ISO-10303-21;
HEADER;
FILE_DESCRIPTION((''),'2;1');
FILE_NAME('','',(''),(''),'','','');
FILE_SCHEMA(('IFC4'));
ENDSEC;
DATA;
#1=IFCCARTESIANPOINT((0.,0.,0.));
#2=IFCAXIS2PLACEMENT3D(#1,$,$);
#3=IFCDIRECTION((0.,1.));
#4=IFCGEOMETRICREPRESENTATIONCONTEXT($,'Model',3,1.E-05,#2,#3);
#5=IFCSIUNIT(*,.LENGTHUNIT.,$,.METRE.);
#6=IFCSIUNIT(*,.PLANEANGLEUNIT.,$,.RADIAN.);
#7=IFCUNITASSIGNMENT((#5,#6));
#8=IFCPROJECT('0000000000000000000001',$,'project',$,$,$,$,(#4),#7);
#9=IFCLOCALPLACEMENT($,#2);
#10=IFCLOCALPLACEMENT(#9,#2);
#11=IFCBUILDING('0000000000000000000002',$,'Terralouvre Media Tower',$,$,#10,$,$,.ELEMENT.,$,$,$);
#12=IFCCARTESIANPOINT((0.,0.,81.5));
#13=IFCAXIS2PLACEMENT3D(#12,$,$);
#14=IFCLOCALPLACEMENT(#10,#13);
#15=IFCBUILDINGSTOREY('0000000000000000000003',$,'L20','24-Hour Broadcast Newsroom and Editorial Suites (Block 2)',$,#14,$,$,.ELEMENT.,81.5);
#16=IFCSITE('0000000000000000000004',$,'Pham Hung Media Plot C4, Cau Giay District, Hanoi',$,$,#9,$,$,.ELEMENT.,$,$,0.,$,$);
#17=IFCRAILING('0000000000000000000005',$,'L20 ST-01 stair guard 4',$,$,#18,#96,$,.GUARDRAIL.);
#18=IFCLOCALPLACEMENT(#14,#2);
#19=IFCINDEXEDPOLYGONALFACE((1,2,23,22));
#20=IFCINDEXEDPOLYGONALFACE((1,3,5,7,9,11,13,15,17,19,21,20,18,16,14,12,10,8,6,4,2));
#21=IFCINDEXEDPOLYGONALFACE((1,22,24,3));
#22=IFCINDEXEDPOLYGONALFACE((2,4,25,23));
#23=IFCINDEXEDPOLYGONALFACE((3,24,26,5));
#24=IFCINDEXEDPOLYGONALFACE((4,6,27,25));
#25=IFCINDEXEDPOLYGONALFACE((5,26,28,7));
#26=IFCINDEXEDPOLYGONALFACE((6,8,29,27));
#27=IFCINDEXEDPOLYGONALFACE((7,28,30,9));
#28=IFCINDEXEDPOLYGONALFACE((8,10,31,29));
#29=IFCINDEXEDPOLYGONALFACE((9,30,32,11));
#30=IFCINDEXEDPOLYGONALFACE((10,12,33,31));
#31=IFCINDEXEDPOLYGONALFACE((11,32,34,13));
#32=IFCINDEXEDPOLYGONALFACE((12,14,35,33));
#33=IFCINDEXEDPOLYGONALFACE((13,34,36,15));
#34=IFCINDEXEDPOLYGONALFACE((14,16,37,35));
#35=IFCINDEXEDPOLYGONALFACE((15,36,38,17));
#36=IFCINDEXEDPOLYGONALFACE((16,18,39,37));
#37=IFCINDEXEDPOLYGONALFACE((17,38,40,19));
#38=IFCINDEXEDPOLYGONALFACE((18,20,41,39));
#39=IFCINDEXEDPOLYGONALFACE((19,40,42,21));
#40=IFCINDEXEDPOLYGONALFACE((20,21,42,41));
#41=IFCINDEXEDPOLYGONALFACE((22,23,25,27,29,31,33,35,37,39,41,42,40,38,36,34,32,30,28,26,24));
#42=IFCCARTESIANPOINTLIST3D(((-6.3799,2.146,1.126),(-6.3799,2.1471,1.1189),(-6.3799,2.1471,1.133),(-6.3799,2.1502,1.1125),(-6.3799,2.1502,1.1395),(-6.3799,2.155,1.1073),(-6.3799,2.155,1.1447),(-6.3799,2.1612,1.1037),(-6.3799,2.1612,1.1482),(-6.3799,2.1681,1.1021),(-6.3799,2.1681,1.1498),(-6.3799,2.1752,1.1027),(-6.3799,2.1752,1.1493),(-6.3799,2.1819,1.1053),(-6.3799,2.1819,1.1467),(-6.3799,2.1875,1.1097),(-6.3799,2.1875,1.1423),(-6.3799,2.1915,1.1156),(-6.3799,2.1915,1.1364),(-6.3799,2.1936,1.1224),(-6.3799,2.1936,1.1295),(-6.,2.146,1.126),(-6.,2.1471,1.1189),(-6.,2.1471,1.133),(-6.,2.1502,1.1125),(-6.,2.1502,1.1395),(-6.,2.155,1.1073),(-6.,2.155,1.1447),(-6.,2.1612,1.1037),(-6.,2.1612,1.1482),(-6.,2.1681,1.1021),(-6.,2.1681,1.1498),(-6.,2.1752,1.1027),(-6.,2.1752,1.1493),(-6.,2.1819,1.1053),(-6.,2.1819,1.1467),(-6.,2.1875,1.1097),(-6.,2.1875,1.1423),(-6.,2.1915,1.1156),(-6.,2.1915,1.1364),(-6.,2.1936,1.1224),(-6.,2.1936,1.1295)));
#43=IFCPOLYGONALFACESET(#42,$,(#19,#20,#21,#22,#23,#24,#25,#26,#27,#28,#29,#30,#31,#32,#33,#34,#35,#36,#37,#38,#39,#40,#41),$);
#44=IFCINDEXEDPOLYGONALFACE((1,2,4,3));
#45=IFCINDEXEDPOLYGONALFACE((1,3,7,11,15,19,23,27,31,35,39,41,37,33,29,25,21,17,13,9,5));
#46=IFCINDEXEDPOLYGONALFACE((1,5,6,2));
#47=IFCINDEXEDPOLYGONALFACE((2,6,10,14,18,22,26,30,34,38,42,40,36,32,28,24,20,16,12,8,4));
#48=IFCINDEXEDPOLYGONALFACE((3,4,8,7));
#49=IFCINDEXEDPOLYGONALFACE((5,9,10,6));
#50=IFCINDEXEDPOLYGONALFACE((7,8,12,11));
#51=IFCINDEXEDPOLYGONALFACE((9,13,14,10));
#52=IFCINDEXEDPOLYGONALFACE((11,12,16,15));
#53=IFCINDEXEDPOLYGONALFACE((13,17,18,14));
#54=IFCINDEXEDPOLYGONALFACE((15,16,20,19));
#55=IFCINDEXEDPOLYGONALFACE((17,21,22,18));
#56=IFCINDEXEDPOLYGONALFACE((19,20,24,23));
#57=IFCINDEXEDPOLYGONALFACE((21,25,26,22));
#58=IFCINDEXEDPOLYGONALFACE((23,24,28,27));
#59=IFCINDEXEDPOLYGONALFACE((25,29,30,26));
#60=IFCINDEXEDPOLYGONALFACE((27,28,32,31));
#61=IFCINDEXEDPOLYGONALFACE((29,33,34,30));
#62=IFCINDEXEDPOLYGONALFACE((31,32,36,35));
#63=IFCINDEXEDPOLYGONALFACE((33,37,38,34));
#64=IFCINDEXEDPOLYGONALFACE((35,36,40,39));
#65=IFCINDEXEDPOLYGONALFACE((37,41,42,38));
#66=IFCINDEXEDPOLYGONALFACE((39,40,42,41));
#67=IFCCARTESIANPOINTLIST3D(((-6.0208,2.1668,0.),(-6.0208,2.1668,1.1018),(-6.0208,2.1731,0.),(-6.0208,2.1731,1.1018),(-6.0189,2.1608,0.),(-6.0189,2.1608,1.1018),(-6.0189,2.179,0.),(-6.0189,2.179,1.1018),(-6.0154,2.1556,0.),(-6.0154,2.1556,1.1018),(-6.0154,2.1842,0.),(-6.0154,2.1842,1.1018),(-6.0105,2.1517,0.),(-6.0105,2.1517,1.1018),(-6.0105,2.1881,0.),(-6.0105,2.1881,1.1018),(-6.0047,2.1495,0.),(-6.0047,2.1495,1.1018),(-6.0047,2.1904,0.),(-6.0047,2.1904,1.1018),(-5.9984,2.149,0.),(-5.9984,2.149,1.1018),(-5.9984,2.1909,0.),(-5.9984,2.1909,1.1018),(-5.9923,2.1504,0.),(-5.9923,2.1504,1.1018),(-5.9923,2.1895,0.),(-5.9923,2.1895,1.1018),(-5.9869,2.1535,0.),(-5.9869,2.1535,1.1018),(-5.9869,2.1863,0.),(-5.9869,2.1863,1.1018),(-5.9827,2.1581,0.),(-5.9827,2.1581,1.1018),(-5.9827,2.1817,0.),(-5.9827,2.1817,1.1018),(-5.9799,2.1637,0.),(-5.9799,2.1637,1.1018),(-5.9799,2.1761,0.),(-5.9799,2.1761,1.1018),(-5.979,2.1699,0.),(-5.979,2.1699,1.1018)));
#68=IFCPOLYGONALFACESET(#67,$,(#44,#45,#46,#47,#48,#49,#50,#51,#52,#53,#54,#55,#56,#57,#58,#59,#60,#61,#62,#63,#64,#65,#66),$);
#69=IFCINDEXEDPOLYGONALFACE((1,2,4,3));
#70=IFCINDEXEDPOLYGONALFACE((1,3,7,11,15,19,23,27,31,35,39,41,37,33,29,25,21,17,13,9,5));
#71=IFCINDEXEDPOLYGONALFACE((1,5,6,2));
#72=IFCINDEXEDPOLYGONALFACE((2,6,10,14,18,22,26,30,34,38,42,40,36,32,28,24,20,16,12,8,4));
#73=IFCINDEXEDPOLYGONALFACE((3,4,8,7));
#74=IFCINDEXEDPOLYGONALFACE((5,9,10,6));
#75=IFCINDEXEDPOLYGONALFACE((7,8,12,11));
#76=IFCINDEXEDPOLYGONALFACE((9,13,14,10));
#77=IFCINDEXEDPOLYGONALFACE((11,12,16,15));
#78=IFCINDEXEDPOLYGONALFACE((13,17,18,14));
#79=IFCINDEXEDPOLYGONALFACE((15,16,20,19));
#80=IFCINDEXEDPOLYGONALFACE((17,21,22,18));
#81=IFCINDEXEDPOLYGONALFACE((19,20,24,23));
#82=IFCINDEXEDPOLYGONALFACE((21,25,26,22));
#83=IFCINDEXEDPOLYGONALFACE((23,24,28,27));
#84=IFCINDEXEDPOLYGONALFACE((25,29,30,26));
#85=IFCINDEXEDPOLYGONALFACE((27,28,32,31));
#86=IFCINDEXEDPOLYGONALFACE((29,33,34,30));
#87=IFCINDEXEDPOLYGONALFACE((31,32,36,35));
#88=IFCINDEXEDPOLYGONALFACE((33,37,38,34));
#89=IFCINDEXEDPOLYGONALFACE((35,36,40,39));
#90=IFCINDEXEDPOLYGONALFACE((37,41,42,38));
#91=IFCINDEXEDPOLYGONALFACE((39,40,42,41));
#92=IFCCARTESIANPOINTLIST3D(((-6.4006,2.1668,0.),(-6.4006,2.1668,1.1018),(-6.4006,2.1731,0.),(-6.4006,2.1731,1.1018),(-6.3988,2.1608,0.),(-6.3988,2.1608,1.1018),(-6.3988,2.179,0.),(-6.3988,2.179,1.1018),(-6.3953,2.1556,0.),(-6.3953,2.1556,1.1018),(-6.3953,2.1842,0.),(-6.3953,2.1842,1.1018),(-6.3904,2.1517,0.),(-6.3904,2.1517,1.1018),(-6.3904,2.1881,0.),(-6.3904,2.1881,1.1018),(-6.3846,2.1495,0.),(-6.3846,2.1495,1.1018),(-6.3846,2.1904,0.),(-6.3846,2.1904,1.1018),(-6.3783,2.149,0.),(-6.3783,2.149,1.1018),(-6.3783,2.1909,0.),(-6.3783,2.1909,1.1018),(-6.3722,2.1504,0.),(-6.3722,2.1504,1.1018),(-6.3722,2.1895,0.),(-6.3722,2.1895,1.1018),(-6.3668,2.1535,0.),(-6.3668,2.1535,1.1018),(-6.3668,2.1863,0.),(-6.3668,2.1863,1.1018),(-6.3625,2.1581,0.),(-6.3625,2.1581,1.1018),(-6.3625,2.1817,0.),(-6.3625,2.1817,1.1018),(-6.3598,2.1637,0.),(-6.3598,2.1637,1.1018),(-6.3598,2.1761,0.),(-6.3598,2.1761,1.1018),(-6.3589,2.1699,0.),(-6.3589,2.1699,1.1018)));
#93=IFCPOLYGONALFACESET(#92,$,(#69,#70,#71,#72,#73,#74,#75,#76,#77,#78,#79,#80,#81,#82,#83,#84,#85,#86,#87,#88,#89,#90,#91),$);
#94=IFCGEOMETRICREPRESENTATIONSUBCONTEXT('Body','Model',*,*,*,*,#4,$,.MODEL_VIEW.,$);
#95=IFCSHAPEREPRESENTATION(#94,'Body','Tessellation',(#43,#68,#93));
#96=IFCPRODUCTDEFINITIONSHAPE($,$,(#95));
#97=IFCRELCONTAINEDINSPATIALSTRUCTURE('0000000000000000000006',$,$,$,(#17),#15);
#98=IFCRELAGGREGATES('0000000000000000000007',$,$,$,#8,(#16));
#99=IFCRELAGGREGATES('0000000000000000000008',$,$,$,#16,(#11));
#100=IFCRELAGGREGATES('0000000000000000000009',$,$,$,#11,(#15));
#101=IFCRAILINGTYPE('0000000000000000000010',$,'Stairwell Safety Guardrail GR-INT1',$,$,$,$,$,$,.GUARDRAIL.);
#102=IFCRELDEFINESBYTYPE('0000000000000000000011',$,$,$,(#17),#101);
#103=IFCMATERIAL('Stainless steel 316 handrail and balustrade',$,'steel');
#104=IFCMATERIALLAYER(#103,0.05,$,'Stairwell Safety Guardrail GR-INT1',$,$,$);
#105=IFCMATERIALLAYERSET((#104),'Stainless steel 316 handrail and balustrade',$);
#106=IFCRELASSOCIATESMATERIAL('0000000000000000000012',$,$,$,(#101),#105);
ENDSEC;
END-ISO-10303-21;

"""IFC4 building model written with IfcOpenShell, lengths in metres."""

from ifc_helpers import new_model, si_unit, direction, frame, origin, origin_2d, place, context, subcontext, project, spatial, circle, extrude, material, layer, layer_set, type_object, element, save


model = new_model("IFC4")

# Units and contexts
model_context = context("Model", 3, precision=1e-05, world=origin(), true_north=direction((0.0, 1.0)))
body_context = subcontext(model_context, "Body", "Model", "MODEL_VIEW")
ifc_project = project(units=[si_unit("LENGTHUNIT", "METRE"), si_unit("PLANEANGLEUNIT", "RADIAN")], contexts=[model_context])

# Site, building, storey
site_placement = place(None, origin())
site = spatial("IfcSite", under=ifc_project, at=site_placement, Name="Pham Hung Media Plot C4, Cau Giay District, Hanoi", CompositionType="ELEMENT", RefElevation=0.0)
building_placement = place(site_placement, origin())
building = spatial("IfcBuilding", under=site, at=building_placement, Name="Terralouvre Media Tower", CompositionType="ELEMENT")
storey_placement = place(building_placement, frame((0.0, 0.0, 81.5)))
storey = spatial("IfcBuildingStorey", under=building, at=storey_placement, Name="L20", Description="24-Hour Broadcast Newsroom and Editorial Suites (Block 2)", CompositionType="ELEMENT", Elevation=81.5)

# Railing
ifc_material_1 = material(Name="Stainless steel 316 handrail and balustrade", Category="steel")
ifc_layer_1 = layer(ifc_material_1, 0.05, Name="Stairwell Safety Guardrail GR-INT1")
ifc_layer_set_1 = layer_set([ifc_layer_1], Name="Stainless steel 316 handrail and balustrade")
railing_type_1 = type_object("IfcRailingType", Name="Stairwell Safety Guardrail GR-INT1", PredefinedType="GUARDRAIL", material=ifc_layer_set_1)
railing_1_placement = place(storey_placement, frame((-6.0, 2.1699, 0.0)))
element("IfcRailing", 1, at=railing_1_placement, inside=storey, type_object=railing_type_1, Name="L20 ST-01 stair guard 4", PredefinedType="GUARDRAIL", context=body_context, shape_type="SweptSolid", body=[
    extrude(circle(Radius=0.0239, at=origin_2d()), frame((0.0, 0.0, 1.126), z_axis=(-1.0, 0.0, 0.0), x_axis=(0.0, -1.0, 0.0)), (0.0, 0.0, 1.0), 0.3799),
    extrude(circle(Radius=0.021, at=origin_2d()), origin(), (0.0, 0.0, 1.0), 1.1018),
    extrude(circle(Radius=0.021, at=origin_2d()), frame((-0.3799, 0.0, 0.0)), (0.0, 0.0, 1.0), 1.1018),
])

save(model, "model.ifc")
